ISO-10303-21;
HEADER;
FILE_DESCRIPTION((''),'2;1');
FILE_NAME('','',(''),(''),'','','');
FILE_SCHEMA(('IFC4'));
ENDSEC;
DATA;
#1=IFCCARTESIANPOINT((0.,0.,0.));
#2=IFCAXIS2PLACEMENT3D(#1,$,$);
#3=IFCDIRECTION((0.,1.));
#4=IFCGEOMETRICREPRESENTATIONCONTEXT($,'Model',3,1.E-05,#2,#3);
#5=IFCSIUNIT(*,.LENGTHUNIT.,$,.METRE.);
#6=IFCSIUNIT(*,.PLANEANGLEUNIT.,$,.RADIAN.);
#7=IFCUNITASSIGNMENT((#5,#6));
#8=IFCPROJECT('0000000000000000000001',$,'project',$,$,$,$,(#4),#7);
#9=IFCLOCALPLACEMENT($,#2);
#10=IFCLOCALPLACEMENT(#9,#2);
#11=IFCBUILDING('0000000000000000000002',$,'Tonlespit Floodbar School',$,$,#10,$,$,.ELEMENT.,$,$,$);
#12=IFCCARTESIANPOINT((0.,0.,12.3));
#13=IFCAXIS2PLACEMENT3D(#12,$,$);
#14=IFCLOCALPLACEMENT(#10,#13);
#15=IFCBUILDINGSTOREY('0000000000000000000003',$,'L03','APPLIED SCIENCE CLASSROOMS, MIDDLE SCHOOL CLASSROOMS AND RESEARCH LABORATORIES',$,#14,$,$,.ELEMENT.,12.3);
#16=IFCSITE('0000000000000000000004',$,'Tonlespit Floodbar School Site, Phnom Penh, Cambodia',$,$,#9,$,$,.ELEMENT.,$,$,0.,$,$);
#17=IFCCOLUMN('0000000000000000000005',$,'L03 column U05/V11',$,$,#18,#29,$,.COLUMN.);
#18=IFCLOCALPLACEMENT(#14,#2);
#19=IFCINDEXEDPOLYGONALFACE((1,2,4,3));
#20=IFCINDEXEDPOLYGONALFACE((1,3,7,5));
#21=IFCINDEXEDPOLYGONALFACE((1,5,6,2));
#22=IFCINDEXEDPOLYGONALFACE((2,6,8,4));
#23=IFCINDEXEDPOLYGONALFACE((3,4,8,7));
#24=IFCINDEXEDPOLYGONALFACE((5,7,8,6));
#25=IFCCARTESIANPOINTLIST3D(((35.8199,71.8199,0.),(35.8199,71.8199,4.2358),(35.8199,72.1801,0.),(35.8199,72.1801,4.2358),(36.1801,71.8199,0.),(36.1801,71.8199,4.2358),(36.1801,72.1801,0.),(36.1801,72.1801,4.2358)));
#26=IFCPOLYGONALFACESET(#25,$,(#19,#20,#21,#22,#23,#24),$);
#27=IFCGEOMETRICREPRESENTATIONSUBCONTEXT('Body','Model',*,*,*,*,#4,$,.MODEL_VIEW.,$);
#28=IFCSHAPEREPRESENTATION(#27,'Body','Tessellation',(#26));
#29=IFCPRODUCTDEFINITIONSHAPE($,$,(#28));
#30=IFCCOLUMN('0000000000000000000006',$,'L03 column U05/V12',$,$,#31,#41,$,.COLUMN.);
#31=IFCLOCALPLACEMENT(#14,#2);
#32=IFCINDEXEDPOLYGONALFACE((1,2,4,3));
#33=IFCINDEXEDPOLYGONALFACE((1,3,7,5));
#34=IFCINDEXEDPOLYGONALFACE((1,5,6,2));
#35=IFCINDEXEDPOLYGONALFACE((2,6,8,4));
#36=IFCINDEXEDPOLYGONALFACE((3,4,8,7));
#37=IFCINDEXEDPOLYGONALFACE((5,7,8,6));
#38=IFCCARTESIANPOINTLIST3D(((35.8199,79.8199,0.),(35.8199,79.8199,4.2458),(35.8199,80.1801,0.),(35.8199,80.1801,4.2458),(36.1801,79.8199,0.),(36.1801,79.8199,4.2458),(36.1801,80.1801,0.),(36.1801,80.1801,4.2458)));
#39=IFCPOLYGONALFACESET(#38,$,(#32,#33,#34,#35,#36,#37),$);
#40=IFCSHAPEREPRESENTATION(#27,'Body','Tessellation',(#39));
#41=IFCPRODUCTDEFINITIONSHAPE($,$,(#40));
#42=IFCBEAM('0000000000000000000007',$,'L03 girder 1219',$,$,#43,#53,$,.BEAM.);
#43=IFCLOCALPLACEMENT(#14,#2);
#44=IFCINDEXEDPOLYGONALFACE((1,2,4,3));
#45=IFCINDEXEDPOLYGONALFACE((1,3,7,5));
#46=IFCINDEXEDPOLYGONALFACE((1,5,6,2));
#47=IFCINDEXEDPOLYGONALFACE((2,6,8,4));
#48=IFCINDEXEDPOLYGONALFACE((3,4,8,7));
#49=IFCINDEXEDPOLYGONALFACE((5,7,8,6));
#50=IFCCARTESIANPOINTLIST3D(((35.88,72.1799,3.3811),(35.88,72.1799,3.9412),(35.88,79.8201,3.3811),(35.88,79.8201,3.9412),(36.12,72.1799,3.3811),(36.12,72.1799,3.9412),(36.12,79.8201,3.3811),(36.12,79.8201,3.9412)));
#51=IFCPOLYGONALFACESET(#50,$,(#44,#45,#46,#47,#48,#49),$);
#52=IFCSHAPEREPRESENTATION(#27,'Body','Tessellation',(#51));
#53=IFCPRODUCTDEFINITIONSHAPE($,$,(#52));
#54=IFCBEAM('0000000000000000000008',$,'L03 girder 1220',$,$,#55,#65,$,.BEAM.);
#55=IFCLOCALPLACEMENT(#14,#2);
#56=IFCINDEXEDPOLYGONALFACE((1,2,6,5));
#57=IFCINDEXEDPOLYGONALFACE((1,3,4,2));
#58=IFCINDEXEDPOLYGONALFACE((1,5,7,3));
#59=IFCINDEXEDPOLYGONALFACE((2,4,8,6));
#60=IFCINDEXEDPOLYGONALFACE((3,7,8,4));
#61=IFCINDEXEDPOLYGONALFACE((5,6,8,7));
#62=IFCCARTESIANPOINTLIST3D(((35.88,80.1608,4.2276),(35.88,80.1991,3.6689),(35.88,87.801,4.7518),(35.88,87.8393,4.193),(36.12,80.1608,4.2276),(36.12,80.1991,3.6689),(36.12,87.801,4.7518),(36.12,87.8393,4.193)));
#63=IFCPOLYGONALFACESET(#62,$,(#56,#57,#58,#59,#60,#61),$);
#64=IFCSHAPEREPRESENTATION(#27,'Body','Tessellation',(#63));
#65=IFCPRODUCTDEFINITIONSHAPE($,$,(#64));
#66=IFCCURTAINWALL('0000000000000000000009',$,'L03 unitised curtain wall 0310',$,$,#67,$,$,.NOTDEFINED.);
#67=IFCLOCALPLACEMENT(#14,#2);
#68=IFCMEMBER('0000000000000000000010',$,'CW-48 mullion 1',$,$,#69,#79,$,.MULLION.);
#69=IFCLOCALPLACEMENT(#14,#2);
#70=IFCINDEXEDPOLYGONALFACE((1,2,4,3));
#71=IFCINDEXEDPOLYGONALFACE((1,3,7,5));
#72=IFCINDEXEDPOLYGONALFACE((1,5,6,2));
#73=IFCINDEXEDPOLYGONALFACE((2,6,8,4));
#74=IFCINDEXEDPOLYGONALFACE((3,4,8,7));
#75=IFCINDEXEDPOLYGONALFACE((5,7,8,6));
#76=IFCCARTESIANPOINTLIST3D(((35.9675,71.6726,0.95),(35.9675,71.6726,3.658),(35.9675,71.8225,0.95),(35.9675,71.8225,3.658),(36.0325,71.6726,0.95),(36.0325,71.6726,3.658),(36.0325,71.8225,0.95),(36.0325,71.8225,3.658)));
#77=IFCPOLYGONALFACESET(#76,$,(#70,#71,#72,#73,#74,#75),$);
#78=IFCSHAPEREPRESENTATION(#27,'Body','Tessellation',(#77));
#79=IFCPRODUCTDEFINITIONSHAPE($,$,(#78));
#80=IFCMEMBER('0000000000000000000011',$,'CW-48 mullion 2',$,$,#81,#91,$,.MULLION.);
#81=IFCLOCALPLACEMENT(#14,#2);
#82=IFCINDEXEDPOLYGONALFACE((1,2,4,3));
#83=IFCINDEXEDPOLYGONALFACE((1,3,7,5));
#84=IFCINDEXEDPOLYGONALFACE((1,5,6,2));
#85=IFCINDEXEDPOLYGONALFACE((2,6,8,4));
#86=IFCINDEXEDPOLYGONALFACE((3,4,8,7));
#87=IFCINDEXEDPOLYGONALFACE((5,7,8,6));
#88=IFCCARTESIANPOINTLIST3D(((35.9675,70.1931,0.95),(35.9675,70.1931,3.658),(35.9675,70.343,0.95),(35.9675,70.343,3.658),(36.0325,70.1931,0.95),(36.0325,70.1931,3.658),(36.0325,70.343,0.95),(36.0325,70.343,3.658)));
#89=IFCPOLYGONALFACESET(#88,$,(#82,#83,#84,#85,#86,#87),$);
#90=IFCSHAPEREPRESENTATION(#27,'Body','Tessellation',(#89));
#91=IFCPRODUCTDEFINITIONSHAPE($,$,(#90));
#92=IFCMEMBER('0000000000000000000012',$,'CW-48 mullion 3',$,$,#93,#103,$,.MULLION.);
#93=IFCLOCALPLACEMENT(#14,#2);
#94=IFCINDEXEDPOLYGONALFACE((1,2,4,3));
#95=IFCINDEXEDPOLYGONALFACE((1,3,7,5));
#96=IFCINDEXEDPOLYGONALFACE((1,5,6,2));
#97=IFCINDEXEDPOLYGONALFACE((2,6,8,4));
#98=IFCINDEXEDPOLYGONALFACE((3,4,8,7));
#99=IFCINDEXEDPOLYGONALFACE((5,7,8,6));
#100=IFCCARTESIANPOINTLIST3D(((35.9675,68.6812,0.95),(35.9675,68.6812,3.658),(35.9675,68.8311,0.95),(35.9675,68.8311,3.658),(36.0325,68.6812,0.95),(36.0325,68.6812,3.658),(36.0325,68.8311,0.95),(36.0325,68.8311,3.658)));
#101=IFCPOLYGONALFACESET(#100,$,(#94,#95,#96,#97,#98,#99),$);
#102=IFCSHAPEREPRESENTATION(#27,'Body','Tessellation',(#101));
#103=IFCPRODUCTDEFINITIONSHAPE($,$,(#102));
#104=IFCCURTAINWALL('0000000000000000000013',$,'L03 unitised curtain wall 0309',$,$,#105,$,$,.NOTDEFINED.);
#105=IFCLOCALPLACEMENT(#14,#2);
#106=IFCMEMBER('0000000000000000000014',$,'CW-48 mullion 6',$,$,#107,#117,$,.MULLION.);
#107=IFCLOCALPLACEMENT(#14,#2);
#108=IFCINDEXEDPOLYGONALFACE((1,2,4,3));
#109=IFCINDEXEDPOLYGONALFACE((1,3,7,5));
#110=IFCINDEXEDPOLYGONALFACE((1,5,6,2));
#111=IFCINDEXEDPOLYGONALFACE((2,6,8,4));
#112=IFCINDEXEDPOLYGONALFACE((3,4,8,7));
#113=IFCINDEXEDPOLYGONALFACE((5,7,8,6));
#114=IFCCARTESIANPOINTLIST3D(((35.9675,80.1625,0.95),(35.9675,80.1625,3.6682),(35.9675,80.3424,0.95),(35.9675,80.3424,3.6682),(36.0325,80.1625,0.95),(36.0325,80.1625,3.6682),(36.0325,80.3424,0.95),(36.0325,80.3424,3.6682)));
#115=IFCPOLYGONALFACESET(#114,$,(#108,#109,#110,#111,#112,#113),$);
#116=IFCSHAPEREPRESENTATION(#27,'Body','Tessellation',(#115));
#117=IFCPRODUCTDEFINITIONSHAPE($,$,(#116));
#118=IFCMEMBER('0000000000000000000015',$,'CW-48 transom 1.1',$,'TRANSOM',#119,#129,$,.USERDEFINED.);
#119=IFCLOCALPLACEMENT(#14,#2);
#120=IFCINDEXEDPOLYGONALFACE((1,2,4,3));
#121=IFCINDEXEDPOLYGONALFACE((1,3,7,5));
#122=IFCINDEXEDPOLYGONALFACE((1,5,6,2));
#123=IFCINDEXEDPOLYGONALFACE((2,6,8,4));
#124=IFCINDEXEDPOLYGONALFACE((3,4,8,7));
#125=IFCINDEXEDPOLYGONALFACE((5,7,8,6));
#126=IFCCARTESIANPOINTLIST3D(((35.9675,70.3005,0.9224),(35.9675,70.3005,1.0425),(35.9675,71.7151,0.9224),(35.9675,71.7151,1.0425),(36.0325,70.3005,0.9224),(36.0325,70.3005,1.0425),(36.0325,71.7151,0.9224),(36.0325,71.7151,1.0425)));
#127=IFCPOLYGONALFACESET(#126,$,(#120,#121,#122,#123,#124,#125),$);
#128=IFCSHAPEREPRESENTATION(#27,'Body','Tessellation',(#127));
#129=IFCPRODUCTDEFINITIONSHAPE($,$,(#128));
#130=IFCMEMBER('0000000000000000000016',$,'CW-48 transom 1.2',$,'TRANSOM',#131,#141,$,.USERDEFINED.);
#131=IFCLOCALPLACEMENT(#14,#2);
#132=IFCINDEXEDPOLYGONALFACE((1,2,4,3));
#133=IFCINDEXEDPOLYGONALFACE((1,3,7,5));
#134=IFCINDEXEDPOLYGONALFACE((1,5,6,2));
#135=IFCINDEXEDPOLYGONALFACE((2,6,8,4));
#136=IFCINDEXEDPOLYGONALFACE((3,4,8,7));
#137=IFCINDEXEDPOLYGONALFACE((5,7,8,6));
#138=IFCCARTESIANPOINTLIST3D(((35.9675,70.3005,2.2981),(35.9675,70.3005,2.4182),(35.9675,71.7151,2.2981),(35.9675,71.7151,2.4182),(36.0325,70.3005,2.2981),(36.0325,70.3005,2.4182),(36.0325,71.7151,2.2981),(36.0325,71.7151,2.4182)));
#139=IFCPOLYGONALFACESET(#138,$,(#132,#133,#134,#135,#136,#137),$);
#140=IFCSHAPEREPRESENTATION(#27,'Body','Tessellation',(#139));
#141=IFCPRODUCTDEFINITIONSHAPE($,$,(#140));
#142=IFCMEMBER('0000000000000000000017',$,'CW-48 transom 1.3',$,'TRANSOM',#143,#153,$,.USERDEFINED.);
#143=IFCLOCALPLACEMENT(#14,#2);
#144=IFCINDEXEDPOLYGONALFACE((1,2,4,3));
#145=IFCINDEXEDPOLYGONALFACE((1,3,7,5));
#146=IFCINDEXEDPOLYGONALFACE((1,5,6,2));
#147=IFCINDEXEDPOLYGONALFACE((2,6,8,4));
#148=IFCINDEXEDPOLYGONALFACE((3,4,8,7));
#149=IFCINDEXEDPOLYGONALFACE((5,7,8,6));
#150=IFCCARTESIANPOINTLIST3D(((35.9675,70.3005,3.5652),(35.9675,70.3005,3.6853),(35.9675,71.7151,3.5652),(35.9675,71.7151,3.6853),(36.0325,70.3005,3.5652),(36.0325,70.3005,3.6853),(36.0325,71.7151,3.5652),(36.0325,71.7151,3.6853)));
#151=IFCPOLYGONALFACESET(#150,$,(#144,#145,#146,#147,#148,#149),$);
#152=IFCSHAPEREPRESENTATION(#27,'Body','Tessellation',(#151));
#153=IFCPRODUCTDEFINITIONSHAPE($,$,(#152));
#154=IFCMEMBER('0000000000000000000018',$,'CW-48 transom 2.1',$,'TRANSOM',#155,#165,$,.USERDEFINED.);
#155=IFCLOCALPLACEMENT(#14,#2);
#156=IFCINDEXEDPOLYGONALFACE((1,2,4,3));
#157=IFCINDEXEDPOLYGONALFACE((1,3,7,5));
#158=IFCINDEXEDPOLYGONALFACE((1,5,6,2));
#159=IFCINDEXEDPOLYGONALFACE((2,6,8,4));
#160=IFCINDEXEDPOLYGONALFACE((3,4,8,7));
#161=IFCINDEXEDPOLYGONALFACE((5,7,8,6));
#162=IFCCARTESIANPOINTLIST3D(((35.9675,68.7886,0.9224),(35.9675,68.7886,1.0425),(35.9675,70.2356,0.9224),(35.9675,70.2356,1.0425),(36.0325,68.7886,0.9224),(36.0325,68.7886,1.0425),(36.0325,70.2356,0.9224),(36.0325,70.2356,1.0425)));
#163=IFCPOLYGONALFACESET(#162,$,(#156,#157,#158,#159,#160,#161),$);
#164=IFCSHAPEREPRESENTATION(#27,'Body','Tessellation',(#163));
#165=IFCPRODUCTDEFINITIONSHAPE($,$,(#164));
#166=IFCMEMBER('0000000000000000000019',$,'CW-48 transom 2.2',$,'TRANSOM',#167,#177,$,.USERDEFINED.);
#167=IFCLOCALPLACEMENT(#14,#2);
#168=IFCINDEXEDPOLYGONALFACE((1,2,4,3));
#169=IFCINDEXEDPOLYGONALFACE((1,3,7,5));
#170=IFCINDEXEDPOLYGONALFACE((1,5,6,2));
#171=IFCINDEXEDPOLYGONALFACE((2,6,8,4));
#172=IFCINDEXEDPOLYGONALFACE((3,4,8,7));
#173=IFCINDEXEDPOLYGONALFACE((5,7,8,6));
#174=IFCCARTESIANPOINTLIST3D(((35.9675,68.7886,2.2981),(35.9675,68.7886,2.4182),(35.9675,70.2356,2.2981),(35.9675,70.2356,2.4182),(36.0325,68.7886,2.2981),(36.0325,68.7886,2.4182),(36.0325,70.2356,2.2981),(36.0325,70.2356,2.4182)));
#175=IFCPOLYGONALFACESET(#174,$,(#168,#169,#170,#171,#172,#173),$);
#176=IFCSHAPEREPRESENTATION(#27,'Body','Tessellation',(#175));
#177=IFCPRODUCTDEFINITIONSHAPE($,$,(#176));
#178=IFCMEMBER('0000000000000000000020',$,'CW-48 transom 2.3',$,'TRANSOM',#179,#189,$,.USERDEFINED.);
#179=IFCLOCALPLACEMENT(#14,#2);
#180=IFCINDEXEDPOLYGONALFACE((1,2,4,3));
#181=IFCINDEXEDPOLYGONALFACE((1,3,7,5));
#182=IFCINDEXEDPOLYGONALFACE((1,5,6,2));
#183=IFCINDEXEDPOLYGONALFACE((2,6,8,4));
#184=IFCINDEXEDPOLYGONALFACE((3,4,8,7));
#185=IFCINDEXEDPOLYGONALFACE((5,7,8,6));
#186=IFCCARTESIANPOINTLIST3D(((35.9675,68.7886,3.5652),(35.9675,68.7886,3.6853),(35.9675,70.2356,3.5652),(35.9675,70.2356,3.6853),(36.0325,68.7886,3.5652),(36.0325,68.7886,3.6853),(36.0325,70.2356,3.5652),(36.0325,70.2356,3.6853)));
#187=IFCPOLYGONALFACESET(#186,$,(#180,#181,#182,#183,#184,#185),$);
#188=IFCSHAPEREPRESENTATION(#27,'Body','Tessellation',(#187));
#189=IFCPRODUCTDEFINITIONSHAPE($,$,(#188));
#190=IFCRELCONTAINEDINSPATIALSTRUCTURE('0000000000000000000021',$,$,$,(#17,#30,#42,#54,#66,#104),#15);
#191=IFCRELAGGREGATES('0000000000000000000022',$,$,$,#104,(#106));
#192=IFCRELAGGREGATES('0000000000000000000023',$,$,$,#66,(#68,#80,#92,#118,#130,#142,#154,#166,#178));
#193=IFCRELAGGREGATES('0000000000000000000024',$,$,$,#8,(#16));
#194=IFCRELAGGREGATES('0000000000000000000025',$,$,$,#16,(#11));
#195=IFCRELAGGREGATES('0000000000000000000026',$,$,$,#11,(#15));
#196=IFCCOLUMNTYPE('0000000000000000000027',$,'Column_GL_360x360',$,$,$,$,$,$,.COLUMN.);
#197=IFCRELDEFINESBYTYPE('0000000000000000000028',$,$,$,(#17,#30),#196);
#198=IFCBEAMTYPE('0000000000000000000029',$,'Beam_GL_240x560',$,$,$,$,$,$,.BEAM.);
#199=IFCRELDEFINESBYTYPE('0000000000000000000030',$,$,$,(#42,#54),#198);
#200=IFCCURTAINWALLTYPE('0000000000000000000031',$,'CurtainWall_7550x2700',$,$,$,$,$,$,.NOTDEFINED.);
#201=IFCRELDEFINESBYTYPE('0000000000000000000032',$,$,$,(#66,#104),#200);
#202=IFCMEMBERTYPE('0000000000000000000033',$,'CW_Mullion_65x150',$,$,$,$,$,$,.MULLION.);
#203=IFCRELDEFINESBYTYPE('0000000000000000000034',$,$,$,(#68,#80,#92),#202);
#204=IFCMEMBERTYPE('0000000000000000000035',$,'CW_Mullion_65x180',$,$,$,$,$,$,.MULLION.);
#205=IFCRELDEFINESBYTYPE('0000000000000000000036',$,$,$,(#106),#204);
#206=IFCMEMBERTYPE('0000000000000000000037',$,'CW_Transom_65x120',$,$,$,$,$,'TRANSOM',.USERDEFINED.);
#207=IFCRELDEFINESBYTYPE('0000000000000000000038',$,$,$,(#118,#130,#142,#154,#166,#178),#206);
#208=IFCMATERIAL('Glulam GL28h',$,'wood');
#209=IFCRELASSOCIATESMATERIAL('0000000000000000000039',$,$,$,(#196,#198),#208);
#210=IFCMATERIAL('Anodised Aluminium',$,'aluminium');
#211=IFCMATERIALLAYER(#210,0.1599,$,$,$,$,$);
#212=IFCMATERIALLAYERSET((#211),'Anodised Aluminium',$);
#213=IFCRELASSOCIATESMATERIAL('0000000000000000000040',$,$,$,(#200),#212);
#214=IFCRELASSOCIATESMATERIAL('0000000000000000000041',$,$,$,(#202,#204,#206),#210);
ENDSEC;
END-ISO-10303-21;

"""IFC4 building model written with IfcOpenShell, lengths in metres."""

from ifc_helpers import new_model, si_unit, direction, frame, origin, origin_2d, place, context, subcontext, project, spatial, rectangle, extrude, material, layer, layer_set, material_profile, profile_set, type_object, element, aggregate, save


model = new_model("IFC4")

# Units and contexts
model_context = context("Model", 3, precision=1e-05, world=origin(), true_north=direction((0.0, 1.0)))
body_context = subcontext(model_context, "Body", "Model", "MODEL_VIEW")
ifc_project = project(units=[si_unit("LENGTHUNIT", "METRE"), si_unit("PLANEANGLEUNIT", "RADIAN")], contexts=[model_context])

# Site, building, storey
site_placement = place(None, origin())
site = spatial("IfcSite", under=ifc_project, at=site_placement, Name="Tonlespit Floodbar School Site, Phnom Penh, Cambodia", CompositionType="ELEMENT", RefElevation=0.0)
building_placement = place(site_placement, origin())
building = spatial("IfcBuilding", under=site, at=building_placement, Name="Tonlespit Floodbar School", CompositionType="ELEMENT")
storey_placement = place(building_placement, frame((0.0, 0.0, 12.3)))
storey = spatial("IfcBuildingStorey", under=building, at=storey_placement, Name="L03", Description="APPLIED SCIENCE CLASSROOMS, MIDDLE SCHOOL CLASSROOMS AND RESEARCH LABORATORIES", CompositionType="ELEMENT", Elevation=12.3)

# Columns
ifc_material_1 = material(Name="Glulam GL28h", Category="wood")
ifc_material_profile_1 = material_profile(ifc_material_1, rectangle(XDim=0.3601, YDim=0.3601, at=origin_2d()), Name="GL 360x360")
ifc_profile_set_1 = profile_set([ifc_material_profile_1], Name="Glulam GL28h")
column_type = type_object("IfcColumnType", Name="Column_GL_360x360", PredefinedType="COLUMN", material=ifc_profile_set_1)
column_1_placement = place(storey_placement, frame((36.0, 72.0, 0.0), z_axis=(0.0, 0.0, 1.0), x_axis=(1.0, 0.0, 0.0)))
element("IfcColumn", 1, at=column_1_placement, inside=storey, type_object=column_type, Name="L03 column U05/V11", PredefinedType="COLUMN", context=body_context, shape_type="SweptSolid", body=[
    extrude(rectangle(XDim=0.3601, YDim=0.3601, at=origin_2d()), origin(), (0.0, 0.0, 1.0), 4.2358),
])
column_2_placement = place(storey_placement, frame((36.0, 80.0, 0.0), z_axis=(0.0, 0.0, 1.0), x_axis=(1.0, 0.0, 0.0)))
element("IfcColumn", 2, at=column_2_placement, inside=storey, type_object=column_type, Name="L03 column U05/V12", PredefinedType="COLUMN", context=body_context, shape_type="SweptSolid", body=[
    extrude(rectangle(XDim=0.3601, YDim=0.3601, at=origin_2d()), origin(), (0.0, 0.0, 1.0), 4.2458),
])

# Beams
ifc_material_profile_2 = material_profile(ifc_material_1, rectangle(XDim=0.24, YDim=0.5601, at=origin_2d()), Name="GL 240x560")
ifc_profile_set_2 = profile_set([ifc_material_profile_2], Name="Glulam GL28h")
beam_type = type_object("IfcBeamType", Name="Beam_GL_240x560", PredefinedType="BEAM", material=ifc_profile_set_2)
beam_1_placement = place(storey_placement, frame((36.0, 72.1799, 3.6611), z_axis=(0.0, 1.0, 0.0), x_axis=(-1.0, 0.0, 0.0)))
element("IfcBeam", 3, at=beam_1_placement, inside=storey, type_object=beam_type, Name="L03 girder 1219", PredefinedType="BEAM", context=body_context, shape_type="SweptSolid", body=[
    extrude(rectangle(XDim=0.24, YDim=0.5601, at=origin_2d()), origin(), (0.0, 0.0, 1.0), 7.6401),
])
beam_2_placement = place(storey_placement, frame((36.0, 80.1799, 3.9482), z_axis=(0.0, 0.997655, 0.068447), x_axis=(-1.0, 0.0, 0.0)))
element("IfcBeam", 4, at=beam_2_placement, inside=storey, type_object=beam_type, Name="L03 girder 1220", PredefinedType="BEAM", context=body_context, shape_type="SweptSolid", body=[
    extrude(rectangle(XDim=0.24, YDim=0.5601, at=origin_2d()), origin(), (0.0, 0.0, 1.0), 7.6582),
])

# Curtain wall, members
ifc_material_2 = material(Name="Anodised Aluminium", Category="aluminium")
ifc_layer_1 = layer(ifc_material_2, 0.1599)
ifc_layer_set_1 = layer_set([ifc_layer_1], Name="Anodised Aluminium")
curtain_wall_type = type_object("IfcCurtainWallType", Name="CurtainWall_7550x2700", PredefinedType="NOTDEFINED", material=ifc_layer_set_1)
curtain_wall_1_placement = place(storey_placement, origin())
curtain_wall_1 = element("IfcCurtainWall", 5, at=curtain_wall_1_placement, inside=storey, type_object=curtain_wall_type, Name="L03 unitised curtain wall 0310", PredefinedType="NOTDEFINED")
ifc_material_profile_3 = material_profile(ifc_material_2, rectangle(XDim=0.0649, YDim=0.1499, at=origin_2d()), Name="ALU M65x150")
ifc_profile_set_3 = profile_set([ifc_material_profile_3], Name="Anodised Aluminium")
member_type_1 = type_object("IfcMemberType", Name="CW_Mullion_65x150", PredefinedType="MULLION", material=ifc_profile_set_3)
member_1_placement = place(storey_placement, frame((36.0, 71.7476, 0.95), z_axis=(0.0, 0.0, 1.0), x_axis=(1.0, 0.0, 0.0)))
member_1 = element("IfcMember", 6, at=member_1_placement, type_object=member_type_1, Name="CW-48 mullion 1", PredefinedType="MULLION", context=body_context, shape_type="SweptSolid", body=[
    extrude(rectangle(XDim=0.0649, YDim=0.1499, at=origin_2d()), origin(), (0.0, 0.0, 1.0), 2.708),
])
member_2_placement = place(storey_placement, frame((36.0, 70.2681, 0.95), z_axis=(0.0, 0.0, 1.0), x_axis=(1.0, 0.0, 0.0)))
member_2 = element("IfcMember", 7, at=member_2_placement, type_object=member_type_1, Name="CW-48 mullion 2", PredefinedType="MULLION", context=body_context, shape_type="SweptSolid", body=[
    extrude(rectangle(XDim=0.0649, YDim=0.1499, at=origin_2d()), origin(), (0.0, 0.0, 1.0), 2.708),
])
member_3_placement = place(storey_placement, frame((36.0, 68.7561, 0.95), z_axis=(0.0, 0.0, 1.0), x_axis=(1.0, 0.0, 0.0)))
member_3 = element("IfcMember", 8, at=member_3_placement, type_object=member_type_1, Name="CW-48 mullion 3", PredefinedType="MULLION", context=body_context, shape_type="SweptSolid", body=[
    extrude(rectangle(XDim=0.0649, YDim=0.1499, at=origin_2d()), origin(), (0.0, 0.0, 1.0), 2.708),
])

# Curtain wall, member
curtain_wall_2_placement = place(storey_placement, origin())
curtain_wall_2 = element("IfcCurtainWall", 9, at=curtain_wall_2_placement, inside=storey, type_object=curtain_wall_type, Name="L03 unitised curtain wall 0309", PredefinedType="NOTDEFINED")
ifc_material_profile_4 = material_profile(ifc_material_2, rectangle(XDim=0.0649, YDim=0.1799, at=origin_2d()), Name="ALU M65x180")
ifc_profile_set_4 = profile_set([ifc_material_profile_4], Name="Anodised Aluminium")
member_type_2 = type_object("IfcMemberType", Name="CW_Mullion_65x180", PredefinedType="MULLION", material=ifc_profile_set_4)
member_4_placement = place(storey_placement, frame((36.0, 80.2524, 0.95), z_axis=(0.0, 0.0, 1.0), x_axis=(1.0, 0.0, 0.0)))
member_4 = element("IfcMember", 10, at=member_4_placement, type_object=member_type_2, Name="CW-48 mullion 6", PredefinedType="MULLION", context=body_context, shape_type="SweptSolid", body=[
    extrude(rectangle(XDim=0.0649, YDim=0.1799, at=origin_2d()), origin(), (0.0, 0.0, 1.0), 2.7183),
])

# Members
ifc_material_profile_5 = material_profile(ifc_material_2, rectangle(XDim=0.0649, YDim=0.1201, at=origin_2d()), Name="ALU T65x120")
ifc_profile_set_5 = profile_set([ifc_material_profile_5], Name="Anodised Aluminium")
member_type_3 = type_object("IfcMemberType", Name="CW_Transom_65x120", ElementType="TRANSOM", PredefinedType="USERDEFINED", material=ifc_profile_set_5)
member_5_placement = place(storey_placement, frame((36.0, 71.7151, 0.9824), z_axis=(0.0, -1.0, 0.0), x_axis=(1.0, 0.0, 0.0)))
member_5 = element("IfcMember", 11, at=member_5_placement, type_object=member_type_3, Name="CW-48 transom 1.1", ObjectType="TRANSOM", PredefinedType="USERDEFINED", context=body_context, shape_type="SweptSolid", body=[
    extrude(rectangle(XDim=0.0649, YDim=0.1201, at=origin_2d()), origin(), (0.0, 0.0, 1.0), 1.4146),
])
member_6_placement = place(storey_placement, frame((36.0, 71.7151, 2.3582), z_axis=(0.0, -1.0, 0.0), x_axis=(1.0, 0.0, 0.0)))
member_6 = element("IfcMember", 12, at=member_6_placement, type_object=member_type_3, Name="CW-48 transom 1.2", ObjectType="TRANSOM", PredefinedType="USERDEFINED", context=body_context, shape_type="SweptSolid", body=[
    extrude(rectangle(XDim=0.0649, YDim=0.1201, at=origin_2d()), origin(), (0.0, 0.0, 1.0), 1.4146),
])
member_7_placement = place(storey_placement, frame((36.0, 71.7151, 3.6252), z_axis=(0.0, -1.0, 0.0), x_axis=(1.0, 0.0, 0.0)))
member_7 = element("IfcMember", 13, at=member_7_placement, type_object=member_type_3, Name="CW-48 transom 1.3", ObjectType="TRANSOM", PredefinedType="USERDEFINED", context=body_context, shape_type="SweptSolid", body=[
    extrude(rectangle(XDim=0.0649, YDim=0.1201, at=origin_2d()), origin(), (0.0, 0.0, 1.0), 1.4146),
])
member_8_placement = place(storey_placement, frame((36.0, 70.2356, 0.9824), z_axis=(0.0, -1.0, 0.0), x_axis=(1.0, 0.0, 0.0)))
member_8 = element("IfcMember", 14, at=member_8_placement, type_object=member_type_3, Name="CW-48 transom 2.1", ObjectType="TRANSOM", PredefinedType="USERDEFINED", context=body_context, shape_type="SweptSolid", body=[
    extrude(rectangle(XDim=0.0649, YDim=0.1201, at=origin_2d()), origin(), (0.0, 0.0, 1.0), 1.447),
])
member_9_placement = place(storey_placement, frame((36.0, 70.2356, 2.3582), z_axis=(0.0, -1.0, 0.0), x_axis=(1.0, 0.0, 0.0)))
member_9 = element("IfcMember", 15, at=member_9_placement, type_object=member_type_3, Name="CW-48 transom 2.2", ObjectType="TRANSOM", PredefinedType="USERDEFINED", context=body_context, shape_type="SweptSolid", body=[
    extrude(rectangle(XDim=0.0649, YDim=0.1201, at=origin_2d()), origin(), (0.0, 0.0, 1.0), 1.447),
])
member_10_placement = place(storey_placement, frame((36.0, 70.2356, 3.6252), z_axis=(0.0, -1.0, 0.0), x_axis=(1.0, 0.0, 0.0)))
member_10 = element("IfcMember", 16, at=member_10_placement, type_object=member_type_3, Name="CW-48 transom 2.3", ObjectType="TRANSOM", PredefinedType="USERDEFINED", context=body_context, shape_type="SweptSolid", body=[
    extrude(rectangle(XDim=0.0649, YDim=0.1201, at=origin_2d()), origin(), (0.0, 0.0, 1.0), 1.447),
])

aggregate(curtain_wall_2, [member_4])
aggregate(curtain_wall_1, [member_1, member_2, member_3, member_5, member_6, member_7, member_8, member_9, member_10])

save(model, "model.ifc")
